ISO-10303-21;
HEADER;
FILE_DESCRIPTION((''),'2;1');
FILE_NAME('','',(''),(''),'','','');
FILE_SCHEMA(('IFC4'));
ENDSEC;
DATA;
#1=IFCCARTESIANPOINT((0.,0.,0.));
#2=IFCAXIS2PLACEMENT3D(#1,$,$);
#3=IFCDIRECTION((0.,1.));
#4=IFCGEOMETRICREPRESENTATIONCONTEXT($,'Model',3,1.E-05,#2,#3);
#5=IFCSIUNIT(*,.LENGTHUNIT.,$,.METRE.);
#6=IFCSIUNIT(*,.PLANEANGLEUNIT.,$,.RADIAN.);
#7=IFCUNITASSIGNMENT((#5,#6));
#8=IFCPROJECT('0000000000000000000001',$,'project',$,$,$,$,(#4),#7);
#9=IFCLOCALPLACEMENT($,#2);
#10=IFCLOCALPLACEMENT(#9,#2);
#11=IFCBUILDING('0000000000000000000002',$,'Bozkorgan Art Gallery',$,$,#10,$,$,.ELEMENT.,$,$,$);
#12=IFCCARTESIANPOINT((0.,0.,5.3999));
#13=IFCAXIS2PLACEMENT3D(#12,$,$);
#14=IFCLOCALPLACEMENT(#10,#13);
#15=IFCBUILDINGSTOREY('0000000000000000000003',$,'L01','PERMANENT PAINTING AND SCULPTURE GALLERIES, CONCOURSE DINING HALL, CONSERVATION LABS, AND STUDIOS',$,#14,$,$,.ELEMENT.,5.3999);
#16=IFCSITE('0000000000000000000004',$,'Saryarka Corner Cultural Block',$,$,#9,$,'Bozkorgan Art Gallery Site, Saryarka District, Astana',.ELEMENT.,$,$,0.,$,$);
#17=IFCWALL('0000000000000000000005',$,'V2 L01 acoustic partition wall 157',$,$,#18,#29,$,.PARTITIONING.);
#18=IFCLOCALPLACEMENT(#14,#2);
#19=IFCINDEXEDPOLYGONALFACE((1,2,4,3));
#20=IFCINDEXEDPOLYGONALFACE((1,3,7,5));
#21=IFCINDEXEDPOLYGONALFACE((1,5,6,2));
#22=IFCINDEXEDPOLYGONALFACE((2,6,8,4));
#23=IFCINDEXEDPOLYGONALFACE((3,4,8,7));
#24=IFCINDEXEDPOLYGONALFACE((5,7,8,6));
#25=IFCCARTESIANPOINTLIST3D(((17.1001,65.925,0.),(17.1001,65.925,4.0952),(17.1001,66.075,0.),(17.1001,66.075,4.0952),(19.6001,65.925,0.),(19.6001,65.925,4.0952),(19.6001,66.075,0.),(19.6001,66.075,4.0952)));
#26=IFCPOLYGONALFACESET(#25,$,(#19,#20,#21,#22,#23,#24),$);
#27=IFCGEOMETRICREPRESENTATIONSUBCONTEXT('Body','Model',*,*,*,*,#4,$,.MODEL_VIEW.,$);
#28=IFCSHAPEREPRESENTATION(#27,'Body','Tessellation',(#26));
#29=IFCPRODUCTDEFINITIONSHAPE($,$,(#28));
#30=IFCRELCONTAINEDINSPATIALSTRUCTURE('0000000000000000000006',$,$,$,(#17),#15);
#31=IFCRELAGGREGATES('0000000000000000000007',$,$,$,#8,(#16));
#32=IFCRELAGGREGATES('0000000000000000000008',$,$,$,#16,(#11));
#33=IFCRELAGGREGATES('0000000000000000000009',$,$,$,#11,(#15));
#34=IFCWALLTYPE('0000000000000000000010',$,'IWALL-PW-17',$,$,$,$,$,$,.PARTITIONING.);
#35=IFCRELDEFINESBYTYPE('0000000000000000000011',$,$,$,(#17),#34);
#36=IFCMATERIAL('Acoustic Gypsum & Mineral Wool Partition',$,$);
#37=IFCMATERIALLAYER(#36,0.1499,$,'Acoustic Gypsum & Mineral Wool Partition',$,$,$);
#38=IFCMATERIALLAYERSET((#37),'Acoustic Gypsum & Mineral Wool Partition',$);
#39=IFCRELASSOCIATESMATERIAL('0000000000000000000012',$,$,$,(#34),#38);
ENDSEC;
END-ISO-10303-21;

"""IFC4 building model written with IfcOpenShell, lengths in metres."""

from ifc_helpers import new_model, si_unit, direction, frame, frame_2d, origin, place, context, subcontext, project, spatial, rectangle, extrude, material, layer, layer_set, type_object, element, save


model = new_model("IFC4")

# Units and contexts
model_context = context("Model", 3, precision=1e-05, world=origin(), true_north=direction((0.0, 1.0)))
body_context = subcontext(model_context, "Body", "Model", "MODEL_VIEW")
ifc_project = project(units=[si_unit("LENGTHUNIT", "METRE"), si_unit("PLANEANGLEUNIT", "RADIAN")], contexts=[model_context])

# Site, building, storey
site_placement = place(None, origin())
site = spatial("IfcSite", under=ifc_project, at=site_placement, Name="Saryarka Corner Cultural Block", LongName="Bozkorgan Art Gallery Site, Saryarka District, Astana", CompositionType="ELEMENT", RefElevation=0.0)
building_placement = place(site_placement, origin())
building = spatial("IfcBuilding", under=site, at=building_placement, Name="Bozkorgan Art Gallery", CompositionType="ELEMENT")
storey_placement = place(building_placement, frame((0.0, 0.0, 5.3999)))
storey = spatial("IfcBuildingStorey", under=building, at=storey_placement, Name="L01", Description="PERMANENT PAINTING AND SCULPTURE GALLERIES, CONCOURSE DINING HALL, CONSERVATION LABS, AND STUDIOS", CompositionType="ELEMENT", Elevation=5.3999)

# Shared definitions
ifc_material_1 = material(Name="Acoustic Gypsum & Mineral Wool Partition")

# Wall
ifc_layer_1 = layer(ifc_material_1, 0.1499, Name="Acoustic Gypsum & Mineral Wool Partition")
ifc_layer_set_1 = layer_set([ifc_layer_1], Name="Acoustic Gypsum & Mineral Wool Partition")
wall_type_1 = type_object("IfcWallType", Name="IWALL-PW-17", PredefinedType="PARTITIONING", material=ifc_layer_set_1)
wall_1_placement = place(storey_placement, frame((17.1001, 66.0, 0.0), z_axis=(0.0, 0.0, 1.0), x_axis=(1.0, 0.0, 0.0)))
element("IfcWall", 1, at=wall_1_placement, inside=storey, type_object=wall_type_1, Name="V2 L01 acoustic partition wall 157", PredefinedType="PARTITIONING", context=body_context, shape_type="SweptSolid", body=[
    extrude(rectangle(XDim=2.5, YDim=0.1499, at=frame_2d((1.25, 0.0))), origin(), (0.0, 0.0, 1.0), 4.0952),
])

save(model, "model.ifc")
